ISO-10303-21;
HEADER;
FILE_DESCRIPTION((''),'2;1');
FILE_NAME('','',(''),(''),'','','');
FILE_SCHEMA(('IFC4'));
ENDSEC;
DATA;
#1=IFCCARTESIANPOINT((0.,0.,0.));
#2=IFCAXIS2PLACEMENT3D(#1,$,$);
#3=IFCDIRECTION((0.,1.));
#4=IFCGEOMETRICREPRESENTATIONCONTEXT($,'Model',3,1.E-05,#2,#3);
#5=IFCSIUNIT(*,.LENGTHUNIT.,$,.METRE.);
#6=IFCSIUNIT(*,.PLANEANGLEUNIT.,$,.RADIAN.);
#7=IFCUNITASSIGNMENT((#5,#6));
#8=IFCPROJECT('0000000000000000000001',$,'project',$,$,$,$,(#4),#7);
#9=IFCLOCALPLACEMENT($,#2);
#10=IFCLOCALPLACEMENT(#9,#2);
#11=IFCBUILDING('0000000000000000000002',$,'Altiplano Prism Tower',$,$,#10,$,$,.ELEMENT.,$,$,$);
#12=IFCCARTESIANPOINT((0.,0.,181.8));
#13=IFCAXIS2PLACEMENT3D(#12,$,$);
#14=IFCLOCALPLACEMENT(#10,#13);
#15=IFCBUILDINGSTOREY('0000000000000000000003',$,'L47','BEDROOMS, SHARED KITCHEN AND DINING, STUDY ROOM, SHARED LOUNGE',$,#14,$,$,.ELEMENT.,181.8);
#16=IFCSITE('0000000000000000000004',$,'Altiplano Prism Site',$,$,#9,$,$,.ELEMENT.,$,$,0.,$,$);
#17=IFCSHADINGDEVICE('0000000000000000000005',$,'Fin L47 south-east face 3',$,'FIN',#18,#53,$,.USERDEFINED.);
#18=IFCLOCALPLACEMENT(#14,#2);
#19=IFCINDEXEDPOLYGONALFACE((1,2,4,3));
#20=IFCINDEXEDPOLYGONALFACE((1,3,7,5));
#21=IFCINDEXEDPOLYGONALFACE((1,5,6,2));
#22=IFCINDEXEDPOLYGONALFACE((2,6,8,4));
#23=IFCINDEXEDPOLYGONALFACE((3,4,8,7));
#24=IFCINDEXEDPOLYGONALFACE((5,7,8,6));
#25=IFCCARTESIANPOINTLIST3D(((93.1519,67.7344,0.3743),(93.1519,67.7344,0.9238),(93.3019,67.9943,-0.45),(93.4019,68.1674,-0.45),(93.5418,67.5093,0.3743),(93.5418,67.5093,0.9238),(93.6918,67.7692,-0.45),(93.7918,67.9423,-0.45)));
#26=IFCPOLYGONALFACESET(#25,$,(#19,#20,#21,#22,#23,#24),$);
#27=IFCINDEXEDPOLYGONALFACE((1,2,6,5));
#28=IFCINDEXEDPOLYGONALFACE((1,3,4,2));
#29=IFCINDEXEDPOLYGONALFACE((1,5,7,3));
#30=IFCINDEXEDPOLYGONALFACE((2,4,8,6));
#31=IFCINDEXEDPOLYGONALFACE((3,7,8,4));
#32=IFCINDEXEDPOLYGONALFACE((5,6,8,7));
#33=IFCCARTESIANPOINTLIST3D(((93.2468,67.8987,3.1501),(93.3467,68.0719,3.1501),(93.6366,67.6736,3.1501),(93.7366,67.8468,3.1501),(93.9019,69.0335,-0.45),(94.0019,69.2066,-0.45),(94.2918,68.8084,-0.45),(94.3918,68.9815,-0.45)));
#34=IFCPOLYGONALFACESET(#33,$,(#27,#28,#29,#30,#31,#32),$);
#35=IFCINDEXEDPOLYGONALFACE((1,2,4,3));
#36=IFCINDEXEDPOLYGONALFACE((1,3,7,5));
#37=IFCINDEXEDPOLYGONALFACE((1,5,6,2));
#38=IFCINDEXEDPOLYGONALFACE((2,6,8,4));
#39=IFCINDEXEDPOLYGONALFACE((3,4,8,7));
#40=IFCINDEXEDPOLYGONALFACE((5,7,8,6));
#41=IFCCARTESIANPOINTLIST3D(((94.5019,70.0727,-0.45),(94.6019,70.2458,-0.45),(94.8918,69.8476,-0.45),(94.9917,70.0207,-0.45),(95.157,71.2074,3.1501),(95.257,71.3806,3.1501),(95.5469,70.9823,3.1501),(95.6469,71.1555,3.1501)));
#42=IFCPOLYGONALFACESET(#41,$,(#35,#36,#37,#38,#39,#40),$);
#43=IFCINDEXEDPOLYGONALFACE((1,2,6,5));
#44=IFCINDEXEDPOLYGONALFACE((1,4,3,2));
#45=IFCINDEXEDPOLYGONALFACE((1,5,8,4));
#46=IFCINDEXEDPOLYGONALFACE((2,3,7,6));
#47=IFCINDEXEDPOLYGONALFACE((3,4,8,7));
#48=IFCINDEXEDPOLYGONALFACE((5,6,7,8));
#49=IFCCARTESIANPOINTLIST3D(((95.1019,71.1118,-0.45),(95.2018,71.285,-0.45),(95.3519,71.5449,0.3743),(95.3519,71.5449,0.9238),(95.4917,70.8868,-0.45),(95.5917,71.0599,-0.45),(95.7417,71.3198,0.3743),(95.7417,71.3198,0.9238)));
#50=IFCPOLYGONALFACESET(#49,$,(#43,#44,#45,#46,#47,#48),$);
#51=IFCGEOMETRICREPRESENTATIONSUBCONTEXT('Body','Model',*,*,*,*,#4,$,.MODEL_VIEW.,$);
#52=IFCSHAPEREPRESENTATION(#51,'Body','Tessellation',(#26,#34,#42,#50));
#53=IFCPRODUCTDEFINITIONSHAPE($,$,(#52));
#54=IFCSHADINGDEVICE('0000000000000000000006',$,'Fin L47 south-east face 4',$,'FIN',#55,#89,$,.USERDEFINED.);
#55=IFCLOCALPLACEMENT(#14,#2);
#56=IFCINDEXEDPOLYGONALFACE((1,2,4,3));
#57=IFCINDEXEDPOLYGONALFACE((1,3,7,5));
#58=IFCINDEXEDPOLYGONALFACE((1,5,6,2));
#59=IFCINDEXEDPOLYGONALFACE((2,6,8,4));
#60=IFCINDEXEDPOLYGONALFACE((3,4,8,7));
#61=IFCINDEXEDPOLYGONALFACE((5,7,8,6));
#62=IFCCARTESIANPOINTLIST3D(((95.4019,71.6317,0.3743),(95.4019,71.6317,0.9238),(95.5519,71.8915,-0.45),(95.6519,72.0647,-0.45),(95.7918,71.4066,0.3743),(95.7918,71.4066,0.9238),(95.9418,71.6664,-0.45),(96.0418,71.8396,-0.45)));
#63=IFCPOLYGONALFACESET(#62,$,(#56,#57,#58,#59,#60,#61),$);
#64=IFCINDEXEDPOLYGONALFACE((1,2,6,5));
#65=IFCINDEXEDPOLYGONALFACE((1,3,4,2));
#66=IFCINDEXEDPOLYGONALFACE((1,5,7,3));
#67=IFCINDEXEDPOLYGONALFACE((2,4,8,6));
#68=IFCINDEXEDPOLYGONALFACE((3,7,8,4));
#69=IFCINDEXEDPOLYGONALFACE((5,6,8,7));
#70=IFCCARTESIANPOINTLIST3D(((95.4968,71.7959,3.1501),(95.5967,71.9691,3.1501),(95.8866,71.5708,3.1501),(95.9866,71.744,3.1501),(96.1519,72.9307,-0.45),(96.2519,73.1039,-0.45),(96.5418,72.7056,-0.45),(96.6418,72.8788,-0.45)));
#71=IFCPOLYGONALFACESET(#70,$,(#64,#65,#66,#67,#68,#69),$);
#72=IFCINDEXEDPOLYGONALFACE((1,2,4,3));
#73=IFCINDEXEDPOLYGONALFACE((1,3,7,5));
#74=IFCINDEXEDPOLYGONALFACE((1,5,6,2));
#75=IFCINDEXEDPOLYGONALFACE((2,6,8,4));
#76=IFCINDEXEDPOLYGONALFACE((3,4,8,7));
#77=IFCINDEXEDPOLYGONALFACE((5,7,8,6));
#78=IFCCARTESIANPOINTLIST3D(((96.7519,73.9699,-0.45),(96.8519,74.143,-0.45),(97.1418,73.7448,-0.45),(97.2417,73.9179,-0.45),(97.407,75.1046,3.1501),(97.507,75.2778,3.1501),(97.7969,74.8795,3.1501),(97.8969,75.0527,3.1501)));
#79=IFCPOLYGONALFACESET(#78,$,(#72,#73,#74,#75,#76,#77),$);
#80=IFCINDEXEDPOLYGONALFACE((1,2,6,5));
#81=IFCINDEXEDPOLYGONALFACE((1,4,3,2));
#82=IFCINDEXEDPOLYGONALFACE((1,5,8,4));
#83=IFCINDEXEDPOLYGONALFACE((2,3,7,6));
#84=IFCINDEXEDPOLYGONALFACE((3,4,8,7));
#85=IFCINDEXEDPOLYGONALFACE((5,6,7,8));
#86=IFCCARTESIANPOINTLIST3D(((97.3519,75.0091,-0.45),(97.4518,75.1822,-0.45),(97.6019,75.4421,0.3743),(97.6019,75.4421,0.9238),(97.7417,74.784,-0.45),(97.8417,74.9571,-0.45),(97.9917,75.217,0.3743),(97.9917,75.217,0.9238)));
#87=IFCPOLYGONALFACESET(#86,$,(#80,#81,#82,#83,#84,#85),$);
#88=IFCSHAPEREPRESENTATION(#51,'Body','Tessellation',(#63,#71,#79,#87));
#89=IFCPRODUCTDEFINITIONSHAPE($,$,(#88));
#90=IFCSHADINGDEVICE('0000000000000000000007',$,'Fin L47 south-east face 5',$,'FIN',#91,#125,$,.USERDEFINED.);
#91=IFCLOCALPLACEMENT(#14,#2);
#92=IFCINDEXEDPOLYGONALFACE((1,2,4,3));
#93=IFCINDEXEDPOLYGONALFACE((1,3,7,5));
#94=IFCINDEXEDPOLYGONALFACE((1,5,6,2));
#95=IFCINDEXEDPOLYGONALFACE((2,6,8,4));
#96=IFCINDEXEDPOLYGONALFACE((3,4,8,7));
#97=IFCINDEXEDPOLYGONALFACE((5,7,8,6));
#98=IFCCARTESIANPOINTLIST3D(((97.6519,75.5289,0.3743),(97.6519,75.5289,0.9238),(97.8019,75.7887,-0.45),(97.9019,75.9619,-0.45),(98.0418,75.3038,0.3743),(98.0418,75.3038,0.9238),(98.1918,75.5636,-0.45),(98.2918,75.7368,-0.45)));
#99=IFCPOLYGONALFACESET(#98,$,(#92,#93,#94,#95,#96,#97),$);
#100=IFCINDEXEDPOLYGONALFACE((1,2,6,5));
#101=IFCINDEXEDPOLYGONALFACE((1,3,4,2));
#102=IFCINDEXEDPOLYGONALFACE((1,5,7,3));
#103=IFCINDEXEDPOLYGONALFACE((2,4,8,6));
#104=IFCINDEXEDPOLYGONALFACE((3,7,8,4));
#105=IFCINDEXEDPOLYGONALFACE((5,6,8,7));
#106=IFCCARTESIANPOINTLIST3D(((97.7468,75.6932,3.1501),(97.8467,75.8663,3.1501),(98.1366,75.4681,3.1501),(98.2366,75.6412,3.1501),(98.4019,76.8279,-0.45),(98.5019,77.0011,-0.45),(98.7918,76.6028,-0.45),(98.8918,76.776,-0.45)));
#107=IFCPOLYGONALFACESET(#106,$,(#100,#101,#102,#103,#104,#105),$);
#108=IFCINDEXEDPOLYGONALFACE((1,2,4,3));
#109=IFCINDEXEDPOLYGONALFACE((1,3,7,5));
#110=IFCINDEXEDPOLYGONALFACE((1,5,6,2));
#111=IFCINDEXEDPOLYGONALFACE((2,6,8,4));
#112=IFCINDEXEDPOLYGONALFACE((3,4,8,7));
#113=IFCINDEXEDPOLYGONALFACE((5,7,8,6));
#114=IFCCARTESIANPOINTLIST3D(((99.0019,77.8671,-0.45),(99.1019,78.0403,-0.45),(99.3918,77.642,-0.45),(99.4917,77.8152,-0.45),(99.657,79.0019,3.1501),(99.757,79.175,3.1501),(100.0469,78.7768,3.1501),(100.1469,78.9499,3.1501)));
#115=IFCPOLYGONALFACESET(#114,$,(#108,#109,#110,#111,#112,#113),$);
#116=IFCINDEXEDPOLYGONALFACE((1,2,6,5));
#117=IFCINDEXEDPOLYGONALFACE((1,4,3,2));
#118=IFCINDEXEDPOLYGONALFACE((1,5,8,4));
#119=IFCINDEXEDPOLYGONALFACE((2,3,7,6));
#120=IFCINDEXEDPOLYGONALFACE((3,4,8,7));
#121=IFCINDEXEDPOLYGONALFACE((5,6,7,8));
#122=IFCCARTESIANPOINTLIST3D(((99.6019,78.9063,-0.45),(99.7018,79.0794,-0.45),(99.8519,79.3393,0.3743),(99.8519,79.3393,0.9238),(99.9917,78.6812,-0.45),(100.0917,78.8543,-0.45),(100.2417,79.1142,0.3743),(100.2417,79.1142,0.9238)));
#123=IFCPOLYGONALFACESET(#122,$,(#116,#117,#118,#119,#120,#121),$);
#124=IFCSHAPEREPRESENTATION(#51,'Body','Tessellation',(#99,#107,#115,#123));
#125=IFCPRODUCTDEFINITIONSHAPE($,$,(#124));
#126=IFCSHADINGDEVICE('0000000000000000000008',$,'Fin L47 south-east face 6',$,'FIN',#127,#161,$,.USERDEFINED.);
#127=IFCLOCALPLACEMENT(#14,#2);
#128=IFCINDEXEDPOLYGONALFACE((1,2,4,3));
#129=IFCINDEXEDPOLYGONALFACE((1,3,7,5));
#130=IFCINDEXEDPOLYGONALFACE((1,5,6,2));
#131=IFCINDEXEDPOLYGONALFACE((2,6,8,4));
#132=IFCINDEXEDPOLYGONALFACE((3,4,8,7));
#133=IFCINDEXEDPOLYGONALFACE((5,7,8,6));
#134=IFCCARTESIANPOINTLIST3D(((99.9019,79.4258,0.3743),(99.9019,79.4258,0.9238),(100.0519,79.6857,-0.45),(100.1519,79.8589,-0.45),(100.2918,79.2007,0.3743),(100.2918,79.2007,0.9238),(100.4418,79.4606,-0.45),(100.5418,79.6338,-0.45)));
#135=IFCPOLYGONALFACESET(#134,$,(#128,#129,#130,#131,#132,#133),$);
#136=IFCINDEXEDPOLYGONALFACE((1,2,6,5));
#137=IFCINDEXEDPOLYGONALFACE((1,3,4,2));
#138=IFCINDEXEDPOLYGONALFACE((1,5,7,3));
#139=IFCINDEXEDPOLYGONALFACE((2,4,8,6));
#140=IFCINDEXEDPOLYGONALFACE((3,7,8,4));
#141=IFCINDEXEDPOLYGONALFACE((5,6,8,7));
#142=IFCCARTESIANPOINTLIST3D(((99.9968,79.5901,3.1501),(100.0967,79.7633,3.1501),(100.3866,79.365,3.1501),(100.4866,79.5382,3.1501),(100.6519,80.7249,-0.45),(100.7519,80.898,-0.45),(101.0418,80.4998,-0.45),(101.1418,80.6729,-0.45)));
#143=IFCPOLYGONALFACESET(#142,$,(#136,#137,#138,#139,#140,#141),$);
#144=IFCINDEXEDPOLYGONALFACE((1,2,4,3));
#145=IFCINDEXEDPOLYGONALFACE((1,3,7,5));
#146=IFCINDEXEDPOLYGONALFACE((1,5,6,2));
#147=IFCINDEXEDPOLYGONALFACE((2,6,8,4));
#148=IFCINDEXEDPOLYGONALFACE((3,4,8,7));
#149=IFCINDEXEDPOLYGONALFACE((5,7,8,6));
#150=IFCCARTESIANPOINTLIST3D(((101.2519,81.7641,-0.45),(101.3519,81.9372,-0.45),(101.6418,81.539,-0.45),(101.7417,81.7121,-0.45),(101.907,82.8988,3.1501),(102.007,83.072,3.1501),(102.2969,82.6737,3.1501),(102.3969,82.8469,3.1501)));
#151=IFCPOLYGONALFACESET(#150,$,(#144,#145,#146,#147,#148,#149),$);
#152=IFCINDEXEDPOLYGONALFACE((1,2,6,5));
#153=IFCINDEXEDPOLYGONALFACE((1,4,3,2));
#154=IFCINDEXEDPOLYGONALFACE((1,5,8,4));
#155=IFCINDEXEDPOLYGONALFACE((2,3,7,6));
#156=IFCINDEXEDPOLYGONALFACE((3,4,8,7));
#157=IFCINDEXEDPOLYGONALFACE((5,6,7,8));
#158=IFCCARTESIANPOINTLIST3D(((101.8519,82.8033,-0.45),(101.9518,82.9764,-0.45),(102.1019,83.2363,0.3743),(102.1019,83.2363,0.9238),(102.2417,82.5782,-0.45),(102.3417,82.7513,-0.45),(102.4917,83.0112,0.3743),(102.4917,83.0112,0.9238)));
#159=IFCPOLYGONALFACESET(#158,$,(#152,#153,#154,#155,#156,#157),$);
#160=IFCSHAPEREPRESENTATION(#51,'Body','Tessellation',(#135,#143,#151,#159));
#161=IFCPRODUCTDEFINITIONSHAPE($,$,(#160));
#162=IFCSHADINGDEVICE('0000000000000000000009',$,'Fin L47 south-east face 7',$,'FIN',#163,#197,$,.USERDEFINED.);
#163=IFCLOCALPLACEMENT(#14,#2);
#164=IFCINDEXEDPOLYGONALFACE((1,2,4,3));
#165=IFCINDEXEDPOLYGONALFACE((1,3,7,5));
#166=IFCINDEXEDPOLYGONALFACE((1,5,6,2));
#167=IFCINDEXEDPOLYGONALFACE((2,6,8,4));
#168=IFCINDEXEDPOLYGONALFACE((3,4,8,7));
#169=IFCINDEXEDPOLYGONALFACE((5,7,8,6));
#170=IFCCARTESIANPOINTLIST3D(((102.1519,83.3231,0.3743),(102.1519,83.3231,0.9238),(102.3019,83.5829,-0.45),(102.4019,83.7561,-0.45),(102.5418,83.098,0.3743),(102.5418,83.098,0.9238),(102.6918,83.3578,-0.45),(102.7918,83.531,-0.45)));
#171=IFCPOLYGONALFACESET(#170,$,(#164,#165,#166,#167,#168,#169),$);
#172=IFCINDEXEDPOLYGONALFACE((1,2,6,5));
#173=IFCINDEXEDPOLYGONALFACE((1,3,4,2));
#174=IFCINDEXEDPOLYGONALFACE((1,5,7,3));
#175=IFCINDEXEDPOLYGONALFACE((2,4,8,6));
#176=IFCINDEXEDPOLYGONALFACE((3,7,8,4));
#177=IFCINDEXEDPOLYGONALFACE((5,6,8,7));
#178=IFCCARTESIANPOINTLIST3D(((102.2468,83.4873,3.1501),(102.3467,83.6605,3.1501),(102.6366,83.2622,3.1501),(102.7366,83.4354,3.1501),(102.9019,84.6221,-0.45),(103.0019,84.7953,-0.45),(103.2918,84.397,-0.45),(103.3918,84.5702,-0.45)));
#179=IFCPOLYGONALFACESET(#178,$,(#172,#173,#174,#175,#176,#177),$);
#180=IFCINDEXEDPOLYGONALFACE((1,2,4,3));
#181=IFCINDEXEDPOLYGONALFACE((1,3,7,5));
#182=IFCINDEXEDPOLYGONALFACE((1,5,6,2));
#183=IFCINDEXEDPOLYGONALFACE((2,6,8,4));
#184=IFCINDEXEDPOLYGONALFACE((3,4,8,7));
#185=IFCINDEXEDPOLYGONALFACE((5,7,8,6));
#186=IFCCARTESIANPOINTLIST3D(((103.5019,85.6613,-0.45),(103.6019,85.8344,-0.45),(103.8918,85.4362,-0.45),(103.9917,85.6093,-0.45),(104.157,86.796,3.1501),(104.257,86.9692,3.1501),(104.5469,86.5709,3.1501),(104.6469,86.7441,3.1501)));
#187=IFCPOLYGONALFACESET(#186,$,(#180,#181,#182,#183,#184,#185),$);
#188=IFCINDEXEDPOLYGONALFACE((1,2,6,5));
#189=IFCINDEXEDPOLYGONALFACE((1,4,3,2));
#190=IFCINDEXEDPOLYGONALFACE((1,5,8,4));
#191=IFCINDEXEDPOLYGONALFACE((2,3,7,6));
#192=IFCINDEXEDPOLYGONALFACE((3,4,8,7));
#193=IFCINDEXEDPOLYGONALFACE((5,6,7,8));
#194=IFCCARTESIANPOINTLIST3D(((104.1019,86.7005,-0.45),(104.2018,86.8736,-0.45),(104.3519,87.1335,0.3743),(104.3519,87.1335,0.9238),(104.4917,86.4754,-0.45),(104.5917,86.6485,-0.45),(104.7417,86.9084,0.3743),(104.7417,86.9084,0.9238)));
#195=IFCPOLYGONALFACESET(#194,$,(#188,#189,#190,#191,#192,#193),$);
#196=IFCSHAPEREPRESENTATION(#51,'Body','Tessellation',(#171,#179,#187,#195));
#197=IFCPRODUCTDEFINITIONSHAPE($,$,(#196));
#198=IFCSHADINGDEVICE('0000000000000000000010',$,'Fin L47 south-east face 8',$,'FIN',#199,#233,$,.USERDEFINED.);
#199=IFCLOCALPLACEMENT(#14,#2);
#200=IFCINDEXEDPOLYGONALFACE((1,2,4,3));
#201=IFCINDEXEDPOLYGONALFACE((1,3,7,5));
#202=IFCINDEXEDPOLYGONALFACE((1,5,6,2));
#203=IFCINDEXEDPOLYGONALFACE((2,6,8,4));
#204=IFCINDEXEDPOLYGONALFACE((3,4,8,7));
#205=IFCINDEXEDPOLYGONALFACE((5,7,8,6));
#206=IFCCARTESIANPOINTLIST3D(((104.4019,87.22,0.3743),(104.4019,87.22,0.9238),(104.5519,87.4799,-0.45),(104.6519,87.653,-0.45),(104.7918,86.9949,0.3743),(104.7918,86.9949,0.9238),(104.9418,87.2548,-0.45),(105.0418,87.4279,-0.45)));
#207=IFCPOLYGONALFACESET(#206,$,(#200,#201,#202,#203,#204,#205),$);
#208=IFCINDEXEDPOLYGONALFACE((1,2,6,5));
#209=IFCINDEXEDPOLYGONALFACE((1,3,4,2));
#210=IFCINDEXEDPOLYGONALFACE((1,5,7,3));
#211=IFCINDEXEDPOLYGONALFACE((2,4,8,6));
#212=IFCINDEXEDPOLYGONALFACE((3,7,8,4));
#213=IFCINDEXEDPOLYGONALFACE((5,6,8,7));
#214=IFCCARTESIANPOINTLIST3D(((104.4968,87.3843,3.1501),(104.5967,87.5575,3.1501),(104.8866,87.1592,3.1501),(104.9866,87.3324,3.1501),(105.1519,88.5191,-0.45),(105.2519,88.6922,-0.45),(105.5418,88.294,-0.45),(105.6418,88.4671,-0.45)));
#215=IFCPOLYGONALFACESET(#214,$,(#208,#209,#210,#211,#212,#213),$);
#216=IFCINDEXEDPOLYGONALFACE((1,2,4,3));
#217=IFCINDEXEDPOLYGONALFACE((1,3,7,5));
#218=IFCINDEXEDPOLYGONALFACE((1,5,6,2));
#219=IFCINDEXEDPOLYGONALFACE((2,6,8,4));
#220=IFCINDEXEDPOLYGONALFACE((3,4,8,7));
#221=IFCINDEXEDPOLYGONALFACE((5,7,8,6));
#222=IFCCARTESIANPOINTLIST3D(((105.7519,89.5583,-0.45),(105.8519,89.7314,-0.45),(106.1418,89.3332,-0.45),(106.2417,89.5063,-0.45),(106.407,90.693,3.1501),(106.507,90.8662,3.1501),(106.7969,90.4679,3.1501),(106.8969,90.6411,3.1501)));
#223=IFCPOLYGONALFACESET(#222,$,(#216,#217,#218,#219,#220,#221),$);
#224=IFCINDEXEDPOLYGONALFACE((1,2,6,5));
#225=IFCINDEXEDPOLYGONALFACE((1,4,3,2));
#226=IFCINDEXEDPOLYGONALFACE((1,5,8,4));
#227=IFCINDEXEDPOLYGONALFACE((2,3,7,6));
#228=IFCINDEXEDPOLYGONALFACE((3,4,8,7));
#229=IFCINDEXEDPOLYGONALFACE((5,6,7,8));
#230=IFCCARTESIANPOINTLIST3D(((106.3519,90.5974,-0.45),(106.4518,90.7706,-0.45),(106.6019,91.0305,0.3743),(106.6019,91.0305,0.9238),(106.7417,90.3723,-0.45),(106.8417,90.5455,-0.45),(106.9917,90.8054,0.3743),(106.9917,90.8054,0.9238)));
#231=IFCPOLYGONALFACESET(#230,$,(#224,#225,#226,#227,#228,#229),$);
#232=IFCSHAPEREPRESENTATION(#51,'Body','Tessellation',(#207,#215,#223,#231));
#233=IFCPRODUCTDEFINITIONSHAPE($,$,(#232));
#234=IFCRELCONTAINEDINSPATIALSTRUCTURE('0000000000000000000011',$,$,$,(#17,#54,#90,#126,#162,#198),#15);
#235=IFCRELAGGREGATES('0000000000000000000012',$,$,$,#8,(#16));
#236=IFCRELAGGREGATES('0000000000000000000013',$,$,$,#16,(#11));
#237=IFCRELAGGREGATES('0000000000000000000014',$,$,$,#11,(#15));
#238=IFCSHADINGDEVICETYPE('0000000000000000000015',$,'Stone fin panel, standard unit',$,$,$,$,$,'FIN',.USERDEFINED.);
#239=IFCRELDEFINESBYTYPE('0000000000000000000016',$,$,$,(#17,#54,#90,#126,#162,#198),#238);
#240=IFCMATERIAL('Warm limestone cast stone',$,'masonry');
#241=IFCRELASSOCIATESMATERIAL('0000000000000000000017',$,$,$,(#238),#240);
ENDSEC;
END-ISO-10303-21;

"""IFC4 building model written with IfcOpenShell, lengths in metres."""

from ifc_helpers import new_model, si_unit, direction, frame, origin, place, context, subcontext, project, spatial, polyline, outline, extrude, source, transform, mapped, material, type_object, element, save


model = new_model("IFC4")

# Units and contexts
model_context = context("Model", 3, precision=1e-05, world=origin(), true_north=direction((0.0, 1.0)))
body_context = subcontext(model_context, "Body", "Model", "MODEL_VIEW")
ifc_project = project(units=[si_unit("LENGTHUNIT", "METRE"), si_unit("PLANEANGLEUNIT", "RADIAN")], contexts=[model_context])

# Site, building, storey
site_placement = place(None, origin())
site = spatial("IfcSite", under=ifc_project, at=site_placement, Name="Altiplano Prism Site", CompositionType="ELEMENT", RefElevation=0.0)
building_placement = place(site_placement, origin())
building = spatial("IfcBuilding", under=site, at=building_placement, Name="Altiplano Prism Tower", CompositionType="ELEMENT")
storey_placement = place(building_placement, frame((0.0, 0.0, 181.8)))
storey = spatial("IfcBuildingStorey", under=building, at=storey_placement, Name="L47", Description="BEDROOMS, SHARED KITCHEN AND DINING, STUDY ROOM, SHARED LOUNGE", CompositionType="ELEMENT", Elevation=181.8)

# Shading devices
ifc_material_1 = material(Name="Warm limestone cast stone", Category="masonry")
shading_device_type_1 = type_object("IfcShadingDeviceType", Name="Stone fin panel, standard unit", ElementType="FIN", PredefinedType="USERDEFINED", material=ifc_material_1)
shared_shape_1 = source(origin(), body_context, "Body", "SweptSolid", [
    extrude(outline(polyline([(-2.2, 1.3738), (-2.2, 0.8242), (-1.8999, 0.0), (-1.7, 0.0), (-2.2, 1.3738)])), frame((0.0, -0.1499, 0.0), z_axis=(0.0, -1.0, 0.0), x_axis=(1.0, 0.0, 0.0)), (0.0, 0.0, 1.0), 0.4502),
    extrude(outline(polyline([(-2.0103, 3.6001), (-0.7, 0.0), (-0.5, 0.0), (-1.8103, 3.6001), (-2.0103, 3.6001)])), frame((0.0, -0.1499, 0.0), z_axis=(0.0, -1.0, 0.0), x_axis=(1.0, 0.0, 0.0)), (0.0, 0.0, 1.0), 0.4502),
    extrude(outline(polyline([(1.8103, 3.6001), (0.5, 0.0), (0.7, 0.0), (2.0103, 3.6001), (1.8103, 3.6001)])), frame((0.0, -0.1499, 0.0), z_axis=(0.0, -1.0, 0.0), x_axis=(1.0, 0.0, 0.0)), (0.0, 0.0, 1.0), 0.4502),
    extrude(outline(polyline([(2.2, 0.8242), (2.2, 1.3738), (1.7, 0.0), (1.8999, 0.0), (2.2, 0.8242)])), frame((0.0, -0.1499, 0.0), z_axis=(0.0, -1.0, 0.0), x_axis=(1.0, 0.0, 0.0)), (0.0, 0.0, 1.0), 0.4502),
])
shading_device_1_placement = place(storey_placement, origin())
element("IfcShadingDevice", 1, at=shading_device_1_placement, inside=storey, type_object=shading_device_type_1, Name="Fin L47 south-east face 3", ObjectType="FIN", PredefinedType="USERDEFINED", context=body_context, shape_type="MappedRepresentation", body=[
    mapped(shared_shape_1, transform((94.1221, 69.7146, -0.45), x_axis=(0.5, 0.866025, 0.0), y_axis=(-0.866025, 0.5, 0.0), z_axis=(0.0, 0.0, 1.0))),
])
shading_device_2_placement = place(storey_placement, origin())
element("IfcShadingDevice", 2, at=shading_device_2_placement, inside=storey, type_object=shading_device_type_1, Name="Fin L47 south-east face 4", ObjectType="FIN", PredefinedType="USERDEFINED", context=body_context, shape_type="MappedRepresentation", body=[
    mapped(shared_shape_1, transform((96.3721, 73.6118, -0.45), x_axis=(0.5, 0.866025, 0.0), y_axis=(-0.866025, 0.5, 0.0), z_axis=(0.0, 0.0, 1.0))),
])
shading_device_3_placement = place(storey_placement, origin())
element("IfcShadingDevice", 3, at=shading_device_3_placement, inside=storey, type_object=shading_device_type_1, Name="Fin L47 south-east face 5", ObjectType="FIN", PredefinedType="USERDEFINED", context=body_context, shape_type="MappedRepresentation", body=[
    mapped(shared_shape_1, transform((98.6221, 77.509, -0.45), x_axis=(0.5, 0.866025, 0.0), y_axis=(-0.866025, 0.5, 0.0), z_axis=(0.0, 0.0, 1.0))),
])
shading_device_4_placement = place(storey_placement, origin())
element("IfcShadingDevice", 4, at=shading_device_4_placement, inside=storey, type_object=shading_device_type_1, Name="Fin L47 south-east face 6", ObjectType="FIN", PredefinedType="USERDEFINED", context=body_context, shape_type="MappedRepresentation", body=[
    mapped(shared_shape_1, transform((100.8721, 81.406, -0.45), x_axis=(0.5, 0.866025, 0.0), y_axis=(-0.866025, 0.5, 0.0), z_axis=(0.0, 0.0, 1.0))),
])
shading_device_5_placement = place(storey_placement, origin())
element("IfcShadingDevice", 5, at=shading_device_5_placement, inside=storey, type_object=shading_device_type_1, Name="Fin L47 south-east face 7", ObjectType="FIN", PredefinedType="USERDEFINED", context=body_context, shape_type="MappedRepresentation", body=[
    mapped(shared_shape_1, transform((103.1221, 85.3032, -0.45), x_axis=(0.5, 0.866025, 0.0), y_axis=(-0.866025, 0.5, 0.0), z_axis=(0.0, 0.0, 1.0))),
])
shading_device_6_placement = place(storey_placement, origin())
element("IfcShadingDevice", 6, at=shading_device_6_placement, inside=storey, type_object=shading_device_type_1, Name="Fin L47 south-east face 8", ObjectType="FIN", PredefinedType="USERDEFINED", context=body_context, shape_type="MappedRepresentation", body=[
    mapped(shared_shape_1, transform((105.3721, 89.2002, -0.45), x_axis=(0.5, 0.866025, 0.0), y_axis=(-0.866025, 0.5, 0.0), z_axis=(0.0, 0.0, 1.0))),
])

save(model, "model.ifc")
